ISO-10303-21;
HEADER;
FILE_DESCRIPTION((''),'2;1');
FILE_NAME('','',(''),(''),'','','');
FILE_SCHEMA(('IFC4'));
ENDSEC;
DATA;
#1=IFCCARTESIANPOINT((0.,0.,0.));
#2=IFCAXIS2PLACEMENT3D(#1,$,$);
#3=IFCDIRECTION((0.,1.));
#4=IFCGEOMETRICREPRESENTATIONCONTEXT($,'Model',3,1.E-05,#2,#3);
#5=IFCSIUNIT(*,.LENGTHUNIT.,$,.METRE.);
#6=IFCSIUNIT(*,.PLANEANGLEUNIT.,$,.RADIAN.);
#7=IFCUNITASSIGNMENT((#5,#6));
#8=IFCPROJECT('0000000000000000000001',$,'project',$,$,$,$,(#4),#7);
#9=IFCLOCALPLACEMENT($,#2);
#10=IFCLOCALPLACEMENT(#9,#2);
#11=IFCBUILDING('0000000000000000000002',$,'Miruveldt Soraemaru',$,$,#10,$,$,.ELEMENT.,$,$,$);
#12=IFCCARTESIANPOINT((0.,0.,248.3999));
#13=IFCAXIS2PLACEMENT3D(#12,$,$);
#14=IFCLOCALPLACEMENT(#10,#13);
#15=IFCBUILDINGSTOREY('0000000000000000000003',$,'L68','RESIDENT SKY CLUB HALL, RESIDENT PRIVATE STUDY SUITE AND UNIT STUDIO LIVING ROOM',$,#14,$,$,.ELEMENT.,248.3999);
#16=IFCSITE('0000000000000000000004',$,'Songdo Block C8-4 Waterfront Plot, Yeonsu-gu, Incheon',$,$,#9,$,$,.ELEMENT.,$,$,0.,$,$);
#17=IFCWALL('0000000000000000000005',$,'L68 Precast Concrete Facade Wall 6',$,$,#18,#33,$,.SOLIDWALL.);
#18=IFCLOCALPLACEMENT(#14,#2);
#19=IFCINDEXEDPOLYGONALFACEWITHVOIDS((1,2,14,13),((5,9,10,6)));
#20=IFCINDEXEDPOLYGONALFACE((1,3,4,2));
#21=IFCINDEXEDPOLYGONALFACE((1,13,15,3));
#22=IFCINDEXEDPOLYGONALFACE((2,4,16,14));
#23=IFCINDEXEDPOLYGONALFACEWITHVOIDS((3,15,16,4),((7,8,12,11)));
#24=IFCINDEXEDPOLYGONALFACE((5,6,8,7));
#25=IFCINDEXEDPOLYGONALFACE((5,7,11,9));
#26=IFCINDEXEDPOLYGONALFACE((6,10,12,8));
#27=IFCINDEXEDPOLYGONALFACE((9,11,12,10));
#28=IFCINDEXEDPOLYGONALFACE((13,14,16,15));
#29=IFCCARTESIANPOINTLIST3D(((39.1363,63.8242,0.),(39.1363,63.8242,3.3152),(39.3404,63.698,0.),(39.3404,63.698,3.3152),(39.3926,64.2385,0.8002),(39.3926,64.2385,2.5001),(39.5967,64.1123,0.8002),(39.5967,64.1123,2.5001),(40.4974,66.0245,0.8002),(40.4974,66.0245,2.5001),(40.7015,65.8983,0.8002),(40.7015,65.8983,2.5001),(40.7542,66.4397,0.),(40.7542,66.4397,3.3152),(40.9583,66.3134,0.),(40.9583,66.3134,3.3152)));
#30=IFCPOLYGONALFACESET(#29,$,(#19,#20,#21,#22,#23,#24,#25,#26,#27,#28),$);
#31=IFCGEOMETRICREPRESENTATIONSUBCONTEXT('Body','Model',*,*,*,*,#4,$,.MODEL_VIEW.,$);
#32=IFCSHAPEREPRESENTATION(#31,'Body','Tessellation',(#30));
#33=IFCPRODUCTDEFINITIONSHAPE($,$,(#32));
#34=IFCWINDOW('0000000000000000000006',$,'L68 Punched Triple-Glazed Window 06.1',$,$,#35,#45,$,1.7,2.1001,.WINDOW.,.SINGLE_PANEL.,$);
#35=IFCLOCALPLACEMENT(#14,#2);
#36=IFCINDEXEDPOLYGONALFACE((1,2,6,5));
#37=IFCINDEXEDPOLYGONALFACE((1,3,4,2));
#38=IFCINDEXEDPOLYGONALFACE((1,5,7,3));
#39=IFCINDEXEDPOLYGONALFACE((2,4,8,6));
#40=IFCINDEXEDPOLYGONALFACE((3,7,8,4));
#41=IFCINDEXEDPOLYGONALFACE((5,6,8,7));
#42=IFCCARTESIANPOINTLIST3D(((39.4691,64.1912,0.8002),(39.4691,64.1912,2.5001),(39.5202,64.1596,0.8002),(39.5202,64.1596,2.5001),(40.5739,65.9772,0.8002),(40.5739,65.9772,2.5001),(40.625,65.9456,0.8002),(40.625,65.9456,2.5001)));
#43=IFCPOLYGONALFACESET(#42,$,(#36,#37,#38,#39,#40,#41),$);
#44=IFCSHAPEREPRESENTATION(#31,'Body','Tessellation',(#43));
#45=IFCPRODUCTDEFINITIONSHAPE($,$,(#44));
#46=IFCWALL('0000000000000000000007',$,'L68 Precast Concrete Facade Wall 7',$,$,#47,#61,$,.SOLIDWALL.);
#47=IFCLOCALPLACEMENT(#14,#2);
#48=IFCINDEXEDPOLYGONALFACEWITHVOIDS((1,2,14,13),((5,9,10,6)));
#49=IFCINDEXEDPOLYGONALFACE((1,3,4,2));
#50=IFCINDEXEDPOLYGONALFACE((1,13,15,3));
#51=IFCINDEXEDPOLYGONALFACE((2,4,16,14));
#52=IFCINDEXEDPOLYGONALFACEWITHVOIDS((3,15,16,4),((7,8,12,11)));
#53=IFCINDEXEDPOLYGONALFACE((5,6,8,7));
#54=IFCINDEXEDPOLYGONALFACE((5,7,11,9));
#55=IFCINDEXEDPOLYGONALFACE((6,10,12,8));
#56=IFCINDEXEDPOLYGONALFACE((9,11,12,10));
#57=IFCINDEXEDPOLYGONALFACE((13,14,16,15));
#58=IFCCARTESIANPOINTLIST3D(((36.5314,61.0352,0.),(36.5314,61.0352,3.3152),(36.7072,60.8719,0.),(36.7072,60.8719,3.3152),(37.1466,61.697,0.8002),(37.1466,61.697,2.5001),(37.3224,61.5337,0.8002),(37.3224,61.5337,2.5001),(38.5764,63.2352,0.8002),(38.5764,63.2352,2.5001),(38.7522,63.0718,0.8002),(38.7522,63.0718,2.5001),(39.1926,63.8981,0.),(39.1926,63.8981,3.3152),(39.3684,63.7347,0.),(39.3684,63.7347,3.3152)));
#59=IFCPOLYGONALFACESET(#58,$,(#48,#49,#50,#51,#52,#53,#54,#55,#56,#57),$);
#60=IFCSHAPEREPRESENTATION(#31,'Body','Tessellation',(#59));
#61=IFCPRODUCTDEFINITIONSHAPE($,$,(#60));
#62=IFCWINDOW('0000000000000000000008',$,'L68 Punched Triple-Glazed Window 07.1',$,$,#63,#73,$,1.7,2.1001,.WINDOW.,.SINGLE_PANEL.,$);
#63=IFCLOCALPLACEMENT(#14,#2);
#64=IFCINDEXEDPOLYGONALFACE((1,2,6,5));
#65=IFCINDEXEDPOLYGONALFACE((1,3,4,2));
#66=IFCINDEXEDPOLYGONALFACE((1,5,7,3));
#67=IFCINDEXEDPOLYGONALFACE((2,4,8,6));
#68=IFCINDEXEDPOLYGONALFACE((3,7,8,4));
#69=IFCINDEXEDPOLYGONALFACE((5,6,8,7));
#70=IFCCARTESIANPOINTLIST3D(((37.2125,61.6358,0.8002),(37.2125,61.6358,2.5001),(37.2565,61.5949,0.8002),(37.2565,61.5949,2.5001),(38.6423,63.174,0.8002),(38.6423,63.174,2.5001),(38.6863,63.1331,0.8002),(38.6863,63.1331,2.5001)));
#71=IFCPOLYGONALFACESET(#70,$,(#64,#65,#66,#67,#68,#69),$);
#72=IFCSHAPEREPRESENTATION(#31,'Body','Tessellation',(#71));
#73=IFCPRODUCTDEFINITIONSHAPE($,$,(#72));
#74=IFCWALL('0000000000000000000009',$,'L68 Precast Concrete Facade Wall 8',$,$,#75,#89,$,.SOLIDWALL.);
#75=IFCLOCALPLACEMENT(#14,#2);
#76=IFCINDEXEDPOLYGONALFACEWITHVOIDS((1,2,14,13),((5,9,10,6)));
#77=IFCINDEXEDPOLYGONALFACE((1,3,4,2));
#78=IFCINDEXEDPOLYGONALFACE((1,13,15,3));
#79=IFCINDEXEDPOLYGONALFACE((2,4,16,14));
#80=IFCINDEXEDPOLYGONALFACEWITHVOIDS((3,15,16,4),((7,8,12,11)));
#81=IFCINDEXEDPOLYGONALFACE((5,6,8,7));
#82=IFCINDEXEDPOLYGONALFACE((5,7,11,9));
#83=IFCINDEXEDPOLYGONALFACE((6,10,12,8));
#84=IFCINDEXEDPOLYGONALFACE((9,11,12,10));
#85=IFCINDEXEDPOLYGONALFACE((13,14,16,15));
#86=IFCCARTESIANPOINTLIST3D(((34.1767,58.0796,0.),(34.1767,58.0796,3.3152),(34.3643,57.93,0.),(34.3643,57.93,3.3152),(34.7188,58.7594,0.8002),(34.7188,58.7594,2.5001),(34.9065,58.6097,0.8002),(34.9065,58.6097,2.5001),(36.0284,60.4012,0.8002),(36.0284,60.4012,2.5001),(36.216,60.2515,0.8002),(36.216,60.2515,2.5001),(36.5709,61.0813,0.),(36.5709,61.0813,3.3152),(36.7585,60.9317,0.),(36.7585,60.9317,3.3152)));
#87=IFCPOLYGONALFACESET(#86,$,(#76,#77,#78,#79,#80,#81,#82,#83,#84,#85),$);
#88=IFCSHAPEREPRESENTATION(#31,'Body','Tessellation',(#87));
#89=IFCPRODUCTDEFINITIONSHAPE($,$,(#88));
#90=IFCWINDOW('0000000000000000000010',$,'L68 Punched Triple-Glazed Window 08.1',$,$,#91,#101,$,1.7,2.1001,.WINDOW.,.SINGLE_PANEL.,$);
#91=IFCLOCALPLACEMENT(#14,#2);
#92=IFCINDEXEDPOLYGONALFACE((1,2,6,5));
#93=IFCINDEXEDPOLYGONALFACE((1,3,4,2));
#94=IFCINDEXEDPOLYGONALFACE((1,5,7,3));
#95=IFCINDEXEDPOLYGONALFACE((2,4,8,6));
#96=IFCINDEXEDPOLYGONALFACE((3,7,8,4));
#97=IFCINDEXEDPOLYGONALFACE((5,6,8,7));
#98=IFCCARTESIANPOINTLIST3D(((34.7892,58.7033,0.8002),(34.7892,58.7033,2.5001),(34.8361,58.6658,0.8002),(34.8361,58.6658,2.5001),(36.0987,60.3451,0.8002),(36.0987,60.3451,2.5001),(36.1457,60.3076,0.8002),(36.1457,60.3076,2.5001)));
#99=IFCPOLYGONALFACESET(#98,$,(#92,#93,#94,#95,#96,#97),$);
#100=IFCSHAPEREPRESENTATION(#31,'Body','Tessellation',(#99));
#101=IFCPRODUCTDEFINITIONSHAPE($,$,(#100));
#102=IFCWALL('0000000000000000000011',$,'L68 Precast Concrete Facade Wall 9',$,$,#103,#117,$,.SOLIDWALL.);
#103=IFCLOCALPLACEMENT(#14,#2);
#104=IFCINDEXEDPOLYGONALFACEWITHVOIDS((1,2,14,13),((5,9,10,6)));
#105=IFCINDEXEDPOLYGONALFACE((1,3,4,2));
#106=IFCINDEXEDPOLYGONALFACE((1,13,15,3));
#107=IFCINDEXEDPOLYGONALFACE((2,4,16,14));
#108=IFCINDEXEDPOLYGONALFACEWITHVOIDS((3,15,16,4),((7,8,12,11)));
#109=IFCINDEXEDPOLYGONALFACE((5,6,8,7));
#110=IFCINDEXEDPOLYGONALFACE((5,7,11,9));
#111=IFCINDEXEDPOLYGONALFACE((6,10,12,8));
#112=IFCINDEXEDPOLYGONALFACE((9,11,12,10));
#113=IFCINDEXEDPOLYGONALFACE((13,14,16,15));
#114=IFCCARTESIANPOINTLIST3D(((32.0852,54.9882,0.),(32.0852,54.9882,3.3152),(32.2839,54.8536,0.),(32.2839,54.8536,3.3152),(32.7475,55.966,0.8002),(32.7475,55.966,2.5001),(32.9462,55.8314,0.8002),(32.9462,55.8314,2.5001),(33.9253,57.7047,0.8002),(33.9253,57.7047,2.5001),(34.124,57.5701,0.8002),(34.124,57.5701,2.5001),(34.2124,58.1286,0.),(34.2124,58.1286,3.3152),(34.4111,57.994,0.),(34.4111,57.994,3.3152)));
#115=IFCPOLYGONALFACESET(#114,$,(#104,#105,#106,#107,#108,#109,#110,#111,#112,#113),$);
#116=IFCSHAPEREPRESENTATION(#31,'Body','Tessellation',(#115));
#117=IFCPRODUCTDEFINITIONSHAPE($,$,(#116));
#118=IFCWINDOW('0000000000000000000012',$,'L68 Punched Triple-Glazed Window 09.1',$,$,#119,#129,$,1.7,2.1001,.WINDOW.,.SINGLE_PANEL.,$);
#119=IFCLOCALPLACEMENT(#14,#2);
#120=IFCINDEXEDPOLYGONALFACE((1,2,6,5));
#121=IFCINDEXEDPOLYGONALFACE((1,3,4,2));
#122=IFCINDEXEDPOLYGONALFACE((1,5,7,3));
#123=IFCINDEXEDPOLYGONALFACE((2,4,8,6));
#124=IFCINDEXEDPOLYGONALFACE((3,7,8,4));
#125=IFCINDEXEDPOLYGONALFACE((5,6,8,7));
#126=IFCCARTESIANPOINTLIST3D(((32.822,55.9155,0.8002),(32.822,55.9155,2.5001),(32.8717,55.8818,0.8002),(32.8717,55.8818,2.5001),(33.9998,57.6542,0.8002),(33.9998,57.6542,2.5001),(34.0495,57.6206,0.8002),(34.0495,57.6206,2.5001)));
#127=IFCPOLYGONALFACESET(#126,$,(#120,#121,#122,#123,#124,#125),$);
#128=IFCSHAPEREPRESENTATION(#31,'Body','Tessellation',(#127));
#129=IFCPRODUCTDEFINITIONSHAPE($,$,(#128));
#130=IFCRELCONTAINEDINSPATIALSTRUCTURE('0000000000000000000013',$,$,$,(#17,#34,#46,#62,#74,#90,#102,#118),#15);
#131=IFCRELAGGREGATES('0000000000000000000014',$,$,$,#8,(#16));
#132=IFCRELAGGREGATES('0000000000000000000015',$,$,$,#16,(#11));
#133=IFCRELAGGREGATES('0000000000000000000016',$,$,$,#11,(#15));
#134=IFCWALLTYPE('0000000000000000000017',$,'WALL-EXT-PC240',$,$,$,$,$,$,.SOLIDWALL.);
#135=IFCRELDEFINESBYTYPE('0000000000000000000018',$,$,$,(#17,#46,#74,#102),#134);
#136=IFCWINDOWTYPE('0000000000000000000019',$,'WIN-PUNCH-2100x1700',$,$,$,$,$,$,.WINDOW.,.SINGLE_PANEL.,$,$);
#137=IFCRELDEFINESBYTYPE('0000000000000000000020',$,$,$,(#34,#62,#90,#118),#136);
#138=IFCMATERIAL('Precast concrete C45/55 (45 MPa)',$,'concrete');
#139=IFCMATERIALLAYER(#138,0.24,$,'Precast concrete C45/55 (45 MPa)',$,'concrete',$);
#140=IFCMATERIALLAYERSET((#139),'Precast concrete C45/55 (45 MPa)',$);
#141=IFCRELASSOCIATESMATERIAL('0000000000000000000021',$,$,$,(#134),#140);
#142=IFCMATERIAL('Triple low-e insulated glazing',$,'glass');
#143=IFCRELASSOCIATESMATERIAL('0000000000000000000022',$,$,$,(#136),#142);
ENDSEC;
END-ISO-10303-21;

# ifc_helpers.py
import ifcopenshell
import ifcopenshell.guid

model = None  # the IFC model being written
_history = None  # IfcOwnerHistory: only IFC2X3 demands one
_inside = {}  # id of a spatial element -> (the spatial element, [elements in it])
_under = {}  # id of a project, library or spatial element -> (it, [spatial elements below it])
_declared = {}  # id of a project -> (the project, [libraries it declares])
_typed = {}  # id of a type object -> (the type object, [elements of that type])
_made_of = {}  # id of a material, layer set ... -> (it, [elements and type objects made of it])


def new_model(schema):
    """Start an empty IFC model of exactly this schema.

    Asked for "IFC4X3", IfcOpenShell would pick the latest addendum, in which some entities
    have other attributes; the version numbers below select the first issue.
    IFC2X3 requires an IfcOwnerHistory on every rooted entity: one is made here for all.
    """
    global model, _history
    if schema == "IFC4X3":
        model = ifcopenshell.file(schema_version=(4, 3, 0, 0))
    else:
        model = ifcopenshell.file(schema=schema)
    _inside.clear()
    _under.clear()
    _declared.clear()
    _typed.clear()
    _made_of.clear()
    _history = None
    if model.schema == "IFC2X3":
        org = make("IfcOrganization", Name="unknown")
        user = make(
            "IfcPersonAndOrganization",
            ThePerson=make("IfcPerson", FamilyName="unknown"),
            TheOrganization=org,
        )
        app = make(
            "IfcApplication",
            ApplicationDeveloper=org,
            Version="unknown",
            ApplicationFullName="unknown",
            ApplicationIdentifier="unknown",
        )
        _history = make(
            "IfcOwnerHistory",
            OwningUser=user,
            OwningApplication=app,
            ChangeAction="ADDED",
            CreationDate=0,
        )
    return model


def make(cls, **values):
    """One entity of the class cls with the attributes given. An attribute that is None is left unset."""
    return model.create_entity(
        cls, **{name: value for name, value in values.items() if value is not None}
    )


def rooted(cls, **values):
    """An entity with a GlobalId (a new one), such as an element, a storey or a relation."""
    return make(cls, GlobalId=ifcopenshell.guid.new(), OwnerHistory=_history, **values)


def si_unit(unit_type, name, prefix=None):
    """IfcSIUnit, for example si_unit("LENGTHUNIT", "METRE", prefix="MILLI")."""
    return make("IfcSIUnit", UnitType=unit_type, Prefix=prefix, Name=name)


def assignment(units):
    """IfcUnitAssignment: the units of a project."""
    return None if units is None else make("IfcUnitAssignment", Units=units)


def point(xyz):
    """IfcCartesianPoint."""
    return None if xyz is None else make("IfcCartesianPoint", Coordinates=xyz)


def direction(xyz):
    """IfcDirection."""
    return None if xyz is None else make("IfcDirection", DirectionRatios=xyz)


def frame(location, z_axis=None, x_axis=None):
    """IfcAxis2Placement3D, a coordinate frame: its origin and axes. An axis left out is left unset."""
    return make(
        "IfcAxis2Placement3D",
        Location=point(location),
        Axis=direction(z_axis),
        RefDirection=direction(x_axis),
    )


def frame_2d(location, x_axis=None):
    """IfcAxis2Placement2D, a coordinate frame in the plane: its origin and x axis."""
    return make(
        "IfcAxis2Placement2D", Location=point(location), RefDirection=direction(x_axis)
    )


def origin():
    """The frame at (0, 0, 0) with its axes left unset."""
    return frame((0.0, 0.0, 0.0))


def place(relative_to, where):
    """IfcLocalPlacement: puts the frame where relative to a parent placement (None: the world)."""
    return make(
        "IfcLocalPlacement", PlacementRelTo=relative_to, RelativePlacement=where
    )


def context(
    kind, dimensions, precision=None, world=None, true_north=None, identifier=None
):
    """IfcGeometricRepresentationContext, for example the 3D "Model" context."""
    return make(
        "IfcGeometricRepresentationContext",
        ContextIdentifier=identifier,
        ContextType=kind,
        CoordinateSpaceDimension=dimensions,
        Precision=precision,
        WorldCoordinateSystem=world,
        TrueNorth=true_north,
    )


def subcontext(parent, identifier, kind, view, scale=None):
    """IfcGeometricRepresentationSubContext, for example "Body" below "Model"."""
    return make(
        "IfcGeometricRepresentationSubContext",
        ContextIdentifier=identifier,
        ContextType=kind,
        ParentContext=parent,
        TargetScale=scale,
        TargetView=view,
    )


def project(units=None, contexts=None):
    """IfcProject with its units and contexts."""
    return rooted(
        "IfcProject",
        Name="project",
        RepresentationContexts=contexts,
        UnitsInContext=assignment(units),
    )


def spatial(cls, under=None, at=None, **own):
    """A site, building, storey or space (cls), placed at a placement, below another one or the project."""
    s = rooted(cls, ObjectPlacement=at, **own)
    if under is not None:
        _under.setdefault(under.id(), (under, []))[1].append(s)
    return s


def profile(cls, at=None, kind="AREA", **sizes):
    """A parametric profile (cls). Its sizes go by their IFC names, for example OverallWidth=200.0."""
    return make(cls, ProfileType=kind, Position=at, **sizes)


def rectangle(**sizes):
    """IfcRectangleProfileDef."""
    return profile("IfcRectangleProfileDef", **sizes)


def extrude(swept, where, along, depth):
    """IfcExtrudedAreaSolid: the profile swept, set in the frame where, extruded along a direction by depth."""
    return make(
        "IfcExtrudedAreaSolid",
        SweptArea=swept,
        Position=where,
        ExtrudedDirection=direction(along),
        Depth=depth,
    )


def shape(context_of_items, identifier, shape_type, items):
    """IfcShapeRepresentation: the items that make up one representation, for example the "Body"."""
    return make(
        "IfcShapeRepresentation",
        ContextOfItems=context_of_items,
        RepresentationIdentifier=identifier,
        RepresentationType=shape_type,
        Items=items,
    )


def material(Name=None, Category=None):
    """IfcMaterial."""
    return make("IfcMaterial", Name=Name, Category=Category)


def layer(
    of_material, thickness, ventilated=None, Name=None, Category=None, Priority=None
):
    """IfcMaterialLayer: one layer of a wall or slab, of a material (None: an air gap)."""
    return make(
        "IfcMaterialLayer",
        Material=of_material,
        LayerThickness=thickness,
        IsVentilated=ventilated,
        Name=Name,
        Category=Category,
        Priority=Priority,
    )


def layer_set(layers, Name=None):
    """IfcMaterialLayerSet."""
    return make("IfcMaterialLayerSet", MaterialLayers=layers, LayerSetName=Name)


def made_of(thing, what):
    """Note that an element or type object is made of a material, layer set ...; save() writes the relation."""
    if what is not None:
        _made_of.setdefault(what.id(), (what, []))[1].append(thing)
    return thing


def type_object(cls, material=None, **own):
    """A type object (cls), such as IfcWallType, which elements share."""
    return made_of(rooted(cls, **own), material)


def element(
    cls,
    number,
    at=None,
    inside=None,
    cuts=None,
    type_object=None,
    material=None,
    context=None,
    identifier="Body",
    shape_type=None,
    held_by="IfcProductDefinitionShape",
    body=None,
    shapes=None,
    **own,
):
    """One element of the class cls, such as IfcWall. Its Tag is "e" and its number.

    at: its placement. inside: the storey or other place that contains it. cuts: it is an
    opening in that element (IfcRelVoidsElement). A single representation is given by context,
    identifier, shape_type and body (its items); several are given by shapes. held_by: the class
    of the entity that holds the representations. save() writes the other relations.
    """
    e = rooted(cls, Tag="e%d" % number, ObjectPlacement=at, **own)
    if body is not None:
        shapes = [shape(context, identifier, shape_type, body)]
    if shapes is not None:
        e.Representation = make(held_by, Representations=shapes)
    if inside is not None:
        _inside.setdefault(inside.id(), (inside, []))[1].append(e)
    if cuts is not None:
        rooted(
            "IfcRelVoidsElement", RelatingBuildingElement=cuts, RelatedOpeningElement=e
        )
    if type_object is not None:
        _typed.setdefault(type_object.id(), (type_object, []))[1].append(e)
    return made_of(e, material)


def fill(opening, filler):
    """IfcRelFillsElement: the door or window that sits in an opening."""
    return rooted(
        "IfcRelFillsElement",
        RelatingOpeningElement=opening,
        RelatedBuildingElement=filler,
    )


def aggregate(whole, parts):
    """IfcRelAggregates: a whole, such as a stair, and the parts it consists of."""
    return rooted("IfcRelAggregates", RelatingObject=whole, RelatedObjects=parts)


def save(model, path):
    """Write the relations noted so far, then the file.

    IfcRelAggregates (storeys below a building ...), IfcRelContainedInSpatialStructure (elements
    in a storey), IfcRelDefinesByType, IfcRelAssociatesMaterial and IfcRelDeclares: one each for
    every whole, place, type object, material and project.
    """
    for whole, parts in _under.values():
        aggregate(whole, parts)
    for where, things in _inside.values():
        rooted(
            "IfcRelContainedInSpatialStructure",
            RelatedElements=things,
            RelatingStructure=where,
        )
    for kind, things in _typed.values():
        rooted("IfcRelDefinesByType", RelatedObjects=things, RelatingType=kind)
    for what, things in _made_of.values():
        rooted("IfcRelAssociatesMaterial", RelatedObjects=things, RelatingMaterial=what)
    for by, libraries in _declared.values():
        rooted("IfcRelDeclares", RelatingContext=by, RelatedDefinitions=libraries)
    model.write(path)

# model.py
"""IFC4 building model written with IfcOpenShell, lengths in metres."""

from ifc_helpers import new_model, si_unit, direction, frame, frame_2d, origin, place, context, subcontext, project, spatial, rectangle, extrude, material, layer, layer_set, type_object, element, fill, save


model = new_model("IFC4")

# Units and contexts
model_context = context("Model", 3, precision=1e-05, world=origin(), true_north=direction((0.0, 1.0)))
body_context = subcontext(model_context, "Body", "Model", "MODEL_VIEW")
ifc_project = project(units=[si_unit("LENGTHUNIT", "METRE"), si_unit("PLANEANGLEUNIT", "RADIAN")], contexts=[model_context])

# Site, building, storey
site_placement = place(None, origin())
site = spatial("IfcSite", under=ifc_project, at=site_placement, Name="Songdo Block C8-4 Waterfront Plot, Yeonsu-gu, Incheon", CompositionType="ELEMENT", RefElevation=0.0)
building_placement = place(site_placement, origin())
building = spatial("IfcBuilding", under=site, at=building_placement, Name="Miruveldt Soraemaru", CompositionType="ELEMENT")
storey_placement = place(building_placement, frame((0.0, 0.0, 248.3999)))
storey = spatial("IfcBuildingStorey", under=building, at=storey_placement, Name="L68", Description="RESIDENT SKY CLUB HALL, RESIDENT PRIVATE STUDY SUITE AND UNIT STUDIO LIVING ROOM", CompositionType="ELEMENT", Elevation=248.3999)

# Walls, openings, windows
ifc_material_1 = material(Name="Precast concrete C45/55 (45 MPa)", Category="concrete")
ifc_layer_1 = layer(ifc_material_1, 0.24, Name="Precast concrete C45/55 (45 MPa)", Category="concrete")
ifc_layer_set_1 = layer_set([ifc_layer_1], Name="Precast concrete C45/55 (45 MPa)")
wall_type_1 = type_object("IfcWallType", Name="WALL-EXT-PC240", PredefinedType="SOLIDWALL", material=ifc_layer_set_1)
wall_1_placement = place(storey_placement, frame((40.8562, 66.3765, 0.0), z_axis=(0.0, 0.0, 1.0), x_axis=(-0.526076, -0.850438, 0.0)))
wall_1 = element("IfcWall", 1, at=wall_1_placement, inside=storey, type_object=wall_type_1, Name="L68 Precast Concrete Facade Wall 6", PredefinedType="SOLIDWALL", context=body_context, shape_type="SweptSolid", body=[
    extrude(rectangle(XDim=3.0754, YDim=0.24, at=frame_2d((1.5376, 0.0))), origin(), (0.0, 0.0, 1.0), 3.3152),
])
opening_1_placement = place(wall_1_placement, frame((0.488, 0.0, 0.8)))
opening_1 = element("IfcOpeningElement", 2, at=opening_1_placement, cuts=wall_1, PredefinedType="OPENING", context=body_context, shape_type="SweptSolid", body=[
    extrude(rectangle(XDim=2.1001, YDim=1.7, at=frame_2d((1.05, 0.8501))), frame((0.0, 0.1299, 0.0), z_axis=(0.0, -1.0, 0.0), x_axis=(1.0, 0.0, 0.0)), (0.0, 0.0, 1.0), 0.26),
])
ifc_material_2 = material(Name="Triple low-e insulated glazing", Category="glass")
window_type_1 = type_object("IfcWindowType", Name="WIN-PUNCH-2100x1700", PartitioningType="SINGLE_PANEL", PredefinedType="WINDOW", material=ifc_material_2)
window_1_placement = place(opening_1_placement, origin())
window_1 = element("IfcWindow", 3, at=window_1_placement, inside=storey, type_object=window_type_1, Name="L68 Punched Triple-Glazed Window 06.1", OverallHeight=1.7, OverallWidth=2.1001, PartitioningType="SINGLE_PANEL", PredefinedType="WINDOW", context=body_context, shape_type="SweptSolid", body=[
    extrude(rectangle(XDim=2.1001, YDim=1.7, at=frame_2d((1.05, 0.8501))), frame((0.0, 0.03, 0.0), z_axis=(0.0, -1.0, 0.0), x_axis=(1.0, 0.0, 0.0)), (0.0, 0.0, 1.0), 0.0601),
])
fill(opening_1, window_1)
wall_2_placement = place(storey_placement, frame((39.2805, 63.8164, 0.0), z_axis=(0.0, 0.0, 1.0), x_axis=(-0.680839, -0.732433, 0.0)))
wall_2 = element("IfcWall", 4, at=wall_2_placement, inside=storey, type_object=wall_type_1, Name="L68 Precast Concrete Facade Wall 7", PredefinedType="SOLIDWALL", context=body_context, shape_type="SweptSolid", body=[
    extrude(rectangle(XDim=3.9087, YDim=0.24, at=frame_2d((1.9543, 0.0))), origin(), (0.0, 0.0, 1.0), 3.3152),
])
opening_2_placement = place(wall_2_placement, frame((0.905, 0.0, 0.8)))
opening_2 = element("IfcOpeningElement", 5, at=opening_2_placement, cuts=wall_2, PredefinedType="OPENING", context=body_context, shape_type="SweptSolid", body=[
    extrude(rectangle(XDim=2.1001, YDim=1.7, at=frame_2d((1.05, 0.8501))), frame((0.0, 0.1299, 0.0), z_axis=(0.0, -1.0, 0.0), x_axis=(1.0, 0.0, 0.0)), (0.0, 0.0, 1.0), 0.26),
])
window_2_placement = place(opening_2_placement, origin())
window_2 = element("IfcWindow", 6, at=window_2_placement, inside=storey, type_object=window_type_1, Name="L68 Punched Triple-Glazed Window 07.1", OverallHeight=1.7, OverallWidth=2.1001, PartitioningType="SINGLE_PANEL", PredefinedType="WINDOW", context=body_context, shape_type="SweptSolid", body=[
    extrude(rectangle(XDim=2.1001, YDim=1.7, at=frame_2d((1.05, 0.8501))), frame((0.0, 0.03, 0.0), z_axis=(0.0, -1.0, 0.0), x_axis=(1.0, 0.0, 0.0)), (0.0, 0.0, 1.0), 0.0601),
])
fill(opening_2, window_2)
wall_3_placement = place(storey_placement, frame((36.6648, 61.0066, 0.0), z_axis=(0.0, 0.0, 1.0), x_axis=(-0.62357, -0.781767, 0.0)))
wall_3 = element("IfcWall", 7, at=wall_3_placement, inside=storey, type_object=wall_type_1, Name="L68 Precast Concrete Facade Wall 8", PredefinedType="SOLIDWALL", context=body_context, shape_type="SweptSolid", body=[
    extrude(rectangle(XDim=3.8396, YDim=0.24, at=frame_2d((1.9199, 0.0))), origin(), (0.0, 0.0, 1.0), 3.3152),
])
opening_3_placement = place(wall_3_placement, frame((0.8701, 0.0, 0.8)))
opening_3 = element("IfcOpeningElement", 8, at=opening_3_placement, cuts=wall_3, PredefinedType="OPENING", context=body_context, shape_type="SweptSolid", body=[
    extrude(rectangle(XDim=2.1001, YDim=1.7, at=frame_2d((1.05, 0.8501))), frame((0.0, 0.1299, 0.0), z_axis=(0.0, -1.0, 0.0), x_axis=(1.0, 0.0, 0.0)), (0.0, 0.0, 1.0), 0.26),
])
window_3_placement = place(opening_3_placement, origin())
window_3 = element("IfcWindow", 9, at=window_3_placement, inside=storey, type_object=window_type_1, Name="L68 Punched Triple-Glazed Window 08.1", OverallHeight=1.7, OverallWidth=2.1001, PartitioningType="SINGLE_PANEL", PredefinedType="WINDOW", context=body_context, shape_type="SweptSolid", body=[
    extrude(rectangle(XDim=2.1001, YDim=1.7, at=frame_2d((1.05, 0.8501))), frame((0.0, 0.03, 0.0), z_axis=(0.0, -1.0, 0.0), x_axis=(1.0, 0.0, 0.0)), (0.0, 0.0, 1.0), 0.0601),
])
fill(opening_3, window_3)
wall_4_placement = place(storey_placement, frame((34.3118, 58.0613, 0.0), z_axis=(0.0, 0.0, 1.0), x_axis=(-0.56082, -0.827938, 0.0)))
wall_4 = element("IfcWall", 10, at=wall_4_placement, inside=storey, type_object=wall_type_1, Name="L68 Precast Concrete Facade Wall 9", PredefinedType="SOLIDWALL", context=body_context, shape_type="SweptSolid", body=[
    extrude(rectangle(XDim=3.793, YDim=0.24, at=frame_2d((1.8965, 0.0))), origin(), (0.0, 0.0, 1.0), 3.3152),
])
opening_4_placement = place(wall_4_placement, frame((0.512, 0.0, 0.8)))
opening_4 = element("IfcOpeningElement", 11, at=opening_4_placement, cuts=wall_4, PredefinedType="OPENING", context=body_context, shape_type="SweptSolid", body=[
    extrude(rectangle(XDim=2.1001, YDim=1.7, at=frame_2d((1.05, 0.8501))), frame((0.0, 0.1299, 0.0), z_axis=(0.0, -1.0, 0.0), x_axis=(1.0, 0.0, 0.0)), (0.0, 0.0, 1.0), 0.26),
])
window_4_placement = place(opening_4_placement, origin())
window_4 = element("IfcWindow", 12, at=window_4_placement, inside=storey, type_object=window_type_1, Name="L68 Punched Triple-Glazed Window 09.1", OverallHeight=1.7, OverallWidth=2.1001, PartitioningType="SINGLE_PANEL", PredefinedType="WINDOW", context=body_context, shape_type="SweptSolid", body=[
    extrude(rectangle(XDim=2.1001, YDim=1.7, at=frame_2d((1.05, 0.8501))), frame((0.0, 0.03, 0.0), z_axis=(0.0, -1.0, 0.0), x_axis=(1.0, 0.0, 0.0)), (0.0, 0.0, 1.0), 0.0601),
])
fill(opening_4, window_4)

save(model, "model.ifc")
